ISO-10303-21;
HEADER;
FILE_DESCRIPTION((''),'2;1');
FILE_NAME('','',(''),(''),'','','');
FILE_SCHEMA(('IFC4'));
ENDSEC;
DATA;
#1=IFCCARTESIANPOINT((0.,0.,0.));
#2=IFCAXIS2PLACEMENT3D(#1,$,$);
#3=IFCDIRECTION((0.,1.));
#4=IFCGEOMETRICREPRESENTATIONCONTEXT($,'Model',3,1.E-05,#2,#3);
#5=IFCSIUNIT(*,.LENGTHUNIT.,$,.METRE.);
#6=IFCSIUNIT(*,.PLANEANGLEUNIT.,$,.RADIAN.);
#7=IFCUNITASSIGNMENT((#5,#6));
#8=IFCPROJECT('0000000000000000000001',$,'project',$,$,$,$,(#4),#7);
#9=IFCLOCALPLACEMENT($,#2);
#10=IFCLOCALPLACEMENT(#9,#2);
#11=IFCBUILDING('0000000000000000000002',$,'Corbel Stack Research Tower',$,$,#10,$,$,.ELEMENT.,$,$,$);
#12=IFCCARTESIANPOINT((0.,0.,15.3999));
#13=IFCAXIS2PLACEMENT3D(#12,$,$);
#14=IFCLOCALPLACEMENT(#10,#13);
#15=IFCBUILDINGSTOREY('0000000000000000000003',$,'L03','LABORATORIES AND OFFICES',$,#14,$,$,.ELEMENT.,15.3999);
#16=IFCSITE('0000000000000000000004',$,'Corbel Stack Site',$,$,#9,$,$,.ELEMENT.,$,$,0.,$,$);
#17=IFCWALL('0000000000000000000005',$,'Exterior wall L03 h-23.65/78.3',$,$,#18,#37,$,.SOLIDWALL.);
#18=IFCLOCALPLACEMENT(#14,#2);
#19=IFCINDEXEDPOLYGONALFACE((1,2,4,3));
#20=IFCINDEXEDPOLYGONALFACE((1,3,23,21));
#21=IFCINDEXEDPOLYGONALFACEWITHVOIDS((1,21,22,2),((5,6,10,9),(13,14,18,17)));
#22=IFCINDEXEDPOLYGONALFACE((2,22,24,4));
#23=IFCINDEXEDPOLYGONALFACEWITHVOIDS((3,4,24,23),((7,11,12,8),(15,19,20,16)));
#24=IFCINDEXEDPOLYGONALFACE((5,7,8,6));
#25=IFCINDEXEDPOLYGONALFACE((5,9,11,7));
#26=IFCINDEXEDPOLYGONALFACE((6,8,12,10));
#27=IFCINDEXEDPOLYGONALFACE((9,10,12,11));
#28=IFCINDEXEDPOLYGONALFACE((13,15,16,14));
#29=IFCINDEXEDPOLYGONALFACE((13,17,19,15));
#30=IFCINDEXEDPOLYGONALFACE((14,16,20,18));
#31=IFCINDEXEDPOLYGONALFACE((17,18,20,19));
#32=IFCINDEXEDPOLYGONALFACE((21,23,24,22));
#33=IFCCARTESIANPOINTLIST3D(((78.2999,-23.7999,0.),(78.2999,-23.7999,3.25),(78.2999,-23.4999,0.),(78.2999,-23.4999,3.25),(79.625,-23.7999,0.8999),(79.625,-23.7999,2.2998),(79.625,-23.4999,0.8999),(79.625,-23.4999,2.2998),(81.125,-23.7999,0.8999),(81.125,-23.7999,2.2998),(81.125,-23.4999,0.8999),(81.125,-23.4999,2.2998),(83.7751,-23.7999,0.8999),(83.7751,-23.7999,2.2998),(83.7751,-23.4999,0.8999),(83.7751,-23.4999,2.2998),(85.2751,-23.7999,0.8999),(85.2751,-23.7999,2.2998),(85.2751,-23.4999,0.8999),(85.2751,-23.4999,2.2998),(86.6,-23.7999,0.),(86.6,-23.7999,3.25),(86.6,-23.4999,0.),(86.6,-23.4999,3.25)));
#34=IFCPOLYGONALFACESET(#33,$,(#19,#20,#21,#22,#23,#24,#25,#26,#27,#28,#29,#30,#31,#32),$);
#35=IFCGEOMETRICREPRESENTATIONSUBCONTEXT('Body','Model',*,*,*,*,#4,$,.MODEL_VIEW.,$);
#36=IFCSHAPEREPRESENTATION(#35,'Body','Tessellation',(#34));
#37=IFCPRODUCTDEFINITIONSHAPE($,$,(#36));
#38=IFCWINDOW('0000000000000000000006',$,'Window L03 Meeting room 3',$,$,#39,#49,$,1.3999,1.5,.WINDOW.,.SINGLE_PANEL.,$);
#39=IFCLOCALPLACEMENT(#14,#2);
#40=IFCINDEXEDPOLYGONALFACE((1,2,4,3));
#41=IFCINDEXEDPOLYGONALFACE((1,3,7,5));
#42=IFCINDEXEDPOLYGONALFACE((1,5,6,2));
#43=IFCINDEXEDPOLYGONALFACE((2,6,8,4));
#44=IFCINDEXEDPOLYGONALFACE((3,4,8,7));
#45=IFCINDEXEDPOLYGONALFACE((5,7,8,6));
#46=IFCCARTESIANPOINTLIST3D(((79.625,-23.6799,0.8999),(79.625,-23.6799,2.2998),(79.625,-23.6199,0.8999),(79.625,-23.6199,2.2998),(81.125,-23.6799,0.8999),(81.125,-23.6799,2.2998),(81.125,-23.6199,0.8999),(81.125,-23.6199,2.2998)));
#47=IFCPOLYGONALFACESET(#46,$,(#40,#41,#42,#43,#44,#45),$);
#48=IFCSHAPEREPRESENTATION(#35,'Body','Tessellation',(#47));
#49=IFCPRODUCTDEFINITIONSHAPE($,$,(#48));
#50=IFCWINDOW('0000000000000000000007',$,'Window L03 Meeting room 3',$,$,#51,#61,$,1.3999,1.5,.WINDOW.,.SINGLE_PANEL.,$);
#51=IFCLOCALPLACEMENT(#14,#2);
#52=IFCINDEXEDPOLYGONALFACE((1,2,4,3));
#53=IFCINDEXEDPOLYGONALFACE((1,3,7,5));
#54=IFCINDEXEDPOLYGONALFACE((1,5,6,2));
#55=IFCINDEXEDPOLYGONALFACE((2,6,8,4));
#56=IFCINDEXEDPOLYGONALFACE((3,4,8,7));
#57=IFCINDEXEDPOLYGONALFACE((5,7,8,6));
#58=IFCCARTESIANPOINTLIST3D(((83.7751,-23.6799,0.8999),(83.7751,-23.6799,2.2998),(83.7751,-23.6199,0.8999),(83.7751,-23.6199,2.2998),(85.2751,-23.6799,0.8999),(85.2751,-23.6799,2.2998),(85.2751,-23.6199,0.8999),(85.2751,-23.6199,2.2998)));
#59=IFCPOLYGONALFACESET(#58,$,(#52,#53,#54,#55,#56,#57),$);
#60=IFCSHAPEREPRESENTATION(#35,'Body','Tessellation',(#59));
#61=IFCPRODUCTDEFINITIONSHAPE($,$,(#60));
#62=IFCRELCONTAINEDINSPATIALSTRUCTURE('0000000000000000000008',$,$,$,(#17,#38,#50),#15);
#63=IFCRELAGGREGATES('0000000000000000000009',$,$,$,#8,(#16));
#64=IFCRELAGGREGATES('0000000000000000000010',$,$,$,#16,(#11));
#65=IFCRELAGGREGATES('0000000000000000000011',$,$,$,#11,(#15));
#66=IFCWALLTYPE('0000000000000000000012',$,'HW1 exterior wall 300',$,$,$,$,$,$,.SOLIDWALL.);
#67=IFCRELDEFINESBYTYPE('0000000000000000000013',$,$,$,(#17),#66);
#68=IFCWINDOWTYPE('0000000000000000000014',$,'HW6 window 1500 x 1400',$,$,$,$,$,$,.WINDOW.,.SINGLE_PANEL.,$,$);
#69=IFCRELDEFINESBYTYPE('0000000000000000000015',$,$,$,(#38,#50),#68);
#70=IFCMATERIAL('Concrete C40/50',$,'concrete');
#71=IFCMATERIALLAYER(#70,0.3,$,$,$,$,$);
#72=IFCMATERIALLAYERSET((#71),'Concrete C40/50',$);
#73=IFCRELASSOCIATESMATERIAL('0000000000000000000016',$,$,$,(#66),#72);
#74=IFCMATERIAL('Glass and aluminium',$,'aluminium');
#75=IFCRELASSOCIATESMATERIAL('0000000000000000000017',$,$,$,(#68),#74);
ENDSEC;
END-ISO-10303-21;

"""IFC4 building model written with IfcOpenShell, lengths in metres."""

from ifc_helpers import new_model, si_unit, direction, frame, frame_2d, origin, place, context, subcontext, project, spatial, rectangle, extrude, material, layer, layer_set, type_object, element, fill, save


model = new_model("IFC4")

# Units and contexts
model_context = context("Model", 3, precision=1e-05, world=origin(), true_north=direction((0.0, 1.0)))
body_context = subcontext(model_context, "Body", "Model", "MODEL_VIEW")
ifc_project = project(units=[si_unit("LENGTHUNIT", "METRE"), si_unit("PLANEANGLEUNIT", "RADIAN")], contexts=[model_context])

# Site, building, storey
site_placement = place(None, origin())
site = spatial("IfcSite", under=ifc_project, at=site_placement, Name="Corbel Stack Site", CompositionType="ELEMENT", RefElevation=0.0)
building_placement = place(site_placement, origin())
building = spatial("IfcBuilding", under=site, at=building_placement, Name="Corbel Stack Research Tower", CompositionType="ELEMENT")
storey_placement = place(building_placement, frame((0.0, 0.0, 15.3999)))
storey = spatial("IfcBuildingStorey", under=building, at=storey_placement, Name="L03", Description="LABORATORIES AND OFFICES", CompositionType="ELEMENT", Elevation=15.3999)

# Wall, openings, windows
ifc_material_1 = material(Name="Concrete C40/50", Category="concrete")
ifc_layer_1 = layer(ifc_material_1, 0.3)
ifc_layer_set_1 = layer_set([ifc_layer_1], Name="Concrete C40/50")
wall_type = type_object("IfcWallType", Name="HW1 exterior wall 300", PredefinedType="SOLIDWALL", material=ifc_layer_set_1)
ifc_material_2 = material(Name="Glass and aluminium", Category="aluminium")
window_type = type_object("IfcWindowType", Name="HW6 window 1500 x 1400", PartitioningType="SINGLE_PANEL", PredefinedType="WINDOW", material=ifc_material_2)
wall_1_placement = place(storey_placement, frame((78.3, -23.6499, 0.0), z_axis=(0.0, 0.0, 1.0), x_axis=(1.0, 0.0, 0.0)))
wall_1 = element("IfcWall", 1, at=wall_1_placement, inside=storey, type_object=wall_type, Name="Exterior wall L03 h-23.65/78.3", PredefinedType="SOLIDWALL", context=body_context, shape_type="SweptSolid", body=[
    extrude(rectangle(XDim=8.3, YDim=0.3, at=frame_2d((4.1499, 0.0))), origin(), (0.0, 0.0, 1.0), 3.25),
])
opening_1_placement = place(wall_1_placement, frame((1.325, 0.0, 0.8999)))
opening_1 = element("IfcOpeningElement", 2, at=opening_1_placement, cuts=wall_1, PredefinedType="OPENING", context=body_context, shape_type="SweptSolid", body=[
    extrude(rectangle(XDim=1.5, YDim=1.3999, at=frame_2d((0.75, 0.7))), frame((0.0, 0.1599, 0.0), z_axis=(0.0, -1.0, 0.0), x_axis=(1.0, 0.0, 0.0)), (0.0, 0.0, 1.0), 0.3201),
])
opening_2_placement = place(wall_1_placement, frame((5.4751, 0.0, 0.8999)))
opening_2 = element("IfcOpeningElement", 3, at=opening_2_placement, cuts=wall_1, PredefinedType="OPENING", context=body_context, shape_type="SweptSolid", body=[
    extrude(rectangle(XDim=1.5, YDim=1.3999, at=frame_2d((0.75, 0.7))), frame((0.0, 0.1599, 0.0), z_axis=(0.0, -1.0, 0.0), x_axis=(1.0, 0.0, 0.0)), (0.0, 0.0, 1.0), 0.3201),
])
window_1_placement = place(opening_1_placement, origin())
window_1 = element("IfcWindow", 4, at=window_1_placement, inside=storey, type_object=window_type, Name="Window L03 Meeting room 3", OverallHeight=1.3999, OverallWidth=1.5, PartitioningType="SINGLE_PANEL", PredefinedType="WINDOW", context=body_context, shape_type="SweptSolid", body=[
    extrude(rectangle(XDim=1.5, YDim=1.3999, at=frame_2d((0.75, 0.7))), frame((0.0, 0.03, 0.0), z_axis=(0.0, -1.0, 0.0), x_axis=(1.0, 0.0, 0.0)), (0.0, 0.0, 1.0), 0.0601),
])
fill(opening_1, window_1)
window_2_placement = place(opening_2_placement, origin())
window_2 = element("IfcWindow", 5, at=window_2_placement, inside=storey, type_object=window_type, Name="Window L03 Meeting room 3", OverallHeight=1.3999, OverallWidth=1.5, PartitioningType="SINGLE_PANEL", PredefinedType="WINDOW", context=body_context, shape_type="SweptSolid", body=[
    extrude(rectangle(XDim=1.5, YDim=1.3999, at=frame_2d((0.75, 0.7))), frame((0.0, 0.03, 0.0), z_axis=(0.0, -1.0, 0.0), x_axis=(1.0, 0.0, 0.0)), (0.0, 0.0, 1.0), 0.0601),
])
fill(opening_2, window_2)

save(model, "model.ifc")
